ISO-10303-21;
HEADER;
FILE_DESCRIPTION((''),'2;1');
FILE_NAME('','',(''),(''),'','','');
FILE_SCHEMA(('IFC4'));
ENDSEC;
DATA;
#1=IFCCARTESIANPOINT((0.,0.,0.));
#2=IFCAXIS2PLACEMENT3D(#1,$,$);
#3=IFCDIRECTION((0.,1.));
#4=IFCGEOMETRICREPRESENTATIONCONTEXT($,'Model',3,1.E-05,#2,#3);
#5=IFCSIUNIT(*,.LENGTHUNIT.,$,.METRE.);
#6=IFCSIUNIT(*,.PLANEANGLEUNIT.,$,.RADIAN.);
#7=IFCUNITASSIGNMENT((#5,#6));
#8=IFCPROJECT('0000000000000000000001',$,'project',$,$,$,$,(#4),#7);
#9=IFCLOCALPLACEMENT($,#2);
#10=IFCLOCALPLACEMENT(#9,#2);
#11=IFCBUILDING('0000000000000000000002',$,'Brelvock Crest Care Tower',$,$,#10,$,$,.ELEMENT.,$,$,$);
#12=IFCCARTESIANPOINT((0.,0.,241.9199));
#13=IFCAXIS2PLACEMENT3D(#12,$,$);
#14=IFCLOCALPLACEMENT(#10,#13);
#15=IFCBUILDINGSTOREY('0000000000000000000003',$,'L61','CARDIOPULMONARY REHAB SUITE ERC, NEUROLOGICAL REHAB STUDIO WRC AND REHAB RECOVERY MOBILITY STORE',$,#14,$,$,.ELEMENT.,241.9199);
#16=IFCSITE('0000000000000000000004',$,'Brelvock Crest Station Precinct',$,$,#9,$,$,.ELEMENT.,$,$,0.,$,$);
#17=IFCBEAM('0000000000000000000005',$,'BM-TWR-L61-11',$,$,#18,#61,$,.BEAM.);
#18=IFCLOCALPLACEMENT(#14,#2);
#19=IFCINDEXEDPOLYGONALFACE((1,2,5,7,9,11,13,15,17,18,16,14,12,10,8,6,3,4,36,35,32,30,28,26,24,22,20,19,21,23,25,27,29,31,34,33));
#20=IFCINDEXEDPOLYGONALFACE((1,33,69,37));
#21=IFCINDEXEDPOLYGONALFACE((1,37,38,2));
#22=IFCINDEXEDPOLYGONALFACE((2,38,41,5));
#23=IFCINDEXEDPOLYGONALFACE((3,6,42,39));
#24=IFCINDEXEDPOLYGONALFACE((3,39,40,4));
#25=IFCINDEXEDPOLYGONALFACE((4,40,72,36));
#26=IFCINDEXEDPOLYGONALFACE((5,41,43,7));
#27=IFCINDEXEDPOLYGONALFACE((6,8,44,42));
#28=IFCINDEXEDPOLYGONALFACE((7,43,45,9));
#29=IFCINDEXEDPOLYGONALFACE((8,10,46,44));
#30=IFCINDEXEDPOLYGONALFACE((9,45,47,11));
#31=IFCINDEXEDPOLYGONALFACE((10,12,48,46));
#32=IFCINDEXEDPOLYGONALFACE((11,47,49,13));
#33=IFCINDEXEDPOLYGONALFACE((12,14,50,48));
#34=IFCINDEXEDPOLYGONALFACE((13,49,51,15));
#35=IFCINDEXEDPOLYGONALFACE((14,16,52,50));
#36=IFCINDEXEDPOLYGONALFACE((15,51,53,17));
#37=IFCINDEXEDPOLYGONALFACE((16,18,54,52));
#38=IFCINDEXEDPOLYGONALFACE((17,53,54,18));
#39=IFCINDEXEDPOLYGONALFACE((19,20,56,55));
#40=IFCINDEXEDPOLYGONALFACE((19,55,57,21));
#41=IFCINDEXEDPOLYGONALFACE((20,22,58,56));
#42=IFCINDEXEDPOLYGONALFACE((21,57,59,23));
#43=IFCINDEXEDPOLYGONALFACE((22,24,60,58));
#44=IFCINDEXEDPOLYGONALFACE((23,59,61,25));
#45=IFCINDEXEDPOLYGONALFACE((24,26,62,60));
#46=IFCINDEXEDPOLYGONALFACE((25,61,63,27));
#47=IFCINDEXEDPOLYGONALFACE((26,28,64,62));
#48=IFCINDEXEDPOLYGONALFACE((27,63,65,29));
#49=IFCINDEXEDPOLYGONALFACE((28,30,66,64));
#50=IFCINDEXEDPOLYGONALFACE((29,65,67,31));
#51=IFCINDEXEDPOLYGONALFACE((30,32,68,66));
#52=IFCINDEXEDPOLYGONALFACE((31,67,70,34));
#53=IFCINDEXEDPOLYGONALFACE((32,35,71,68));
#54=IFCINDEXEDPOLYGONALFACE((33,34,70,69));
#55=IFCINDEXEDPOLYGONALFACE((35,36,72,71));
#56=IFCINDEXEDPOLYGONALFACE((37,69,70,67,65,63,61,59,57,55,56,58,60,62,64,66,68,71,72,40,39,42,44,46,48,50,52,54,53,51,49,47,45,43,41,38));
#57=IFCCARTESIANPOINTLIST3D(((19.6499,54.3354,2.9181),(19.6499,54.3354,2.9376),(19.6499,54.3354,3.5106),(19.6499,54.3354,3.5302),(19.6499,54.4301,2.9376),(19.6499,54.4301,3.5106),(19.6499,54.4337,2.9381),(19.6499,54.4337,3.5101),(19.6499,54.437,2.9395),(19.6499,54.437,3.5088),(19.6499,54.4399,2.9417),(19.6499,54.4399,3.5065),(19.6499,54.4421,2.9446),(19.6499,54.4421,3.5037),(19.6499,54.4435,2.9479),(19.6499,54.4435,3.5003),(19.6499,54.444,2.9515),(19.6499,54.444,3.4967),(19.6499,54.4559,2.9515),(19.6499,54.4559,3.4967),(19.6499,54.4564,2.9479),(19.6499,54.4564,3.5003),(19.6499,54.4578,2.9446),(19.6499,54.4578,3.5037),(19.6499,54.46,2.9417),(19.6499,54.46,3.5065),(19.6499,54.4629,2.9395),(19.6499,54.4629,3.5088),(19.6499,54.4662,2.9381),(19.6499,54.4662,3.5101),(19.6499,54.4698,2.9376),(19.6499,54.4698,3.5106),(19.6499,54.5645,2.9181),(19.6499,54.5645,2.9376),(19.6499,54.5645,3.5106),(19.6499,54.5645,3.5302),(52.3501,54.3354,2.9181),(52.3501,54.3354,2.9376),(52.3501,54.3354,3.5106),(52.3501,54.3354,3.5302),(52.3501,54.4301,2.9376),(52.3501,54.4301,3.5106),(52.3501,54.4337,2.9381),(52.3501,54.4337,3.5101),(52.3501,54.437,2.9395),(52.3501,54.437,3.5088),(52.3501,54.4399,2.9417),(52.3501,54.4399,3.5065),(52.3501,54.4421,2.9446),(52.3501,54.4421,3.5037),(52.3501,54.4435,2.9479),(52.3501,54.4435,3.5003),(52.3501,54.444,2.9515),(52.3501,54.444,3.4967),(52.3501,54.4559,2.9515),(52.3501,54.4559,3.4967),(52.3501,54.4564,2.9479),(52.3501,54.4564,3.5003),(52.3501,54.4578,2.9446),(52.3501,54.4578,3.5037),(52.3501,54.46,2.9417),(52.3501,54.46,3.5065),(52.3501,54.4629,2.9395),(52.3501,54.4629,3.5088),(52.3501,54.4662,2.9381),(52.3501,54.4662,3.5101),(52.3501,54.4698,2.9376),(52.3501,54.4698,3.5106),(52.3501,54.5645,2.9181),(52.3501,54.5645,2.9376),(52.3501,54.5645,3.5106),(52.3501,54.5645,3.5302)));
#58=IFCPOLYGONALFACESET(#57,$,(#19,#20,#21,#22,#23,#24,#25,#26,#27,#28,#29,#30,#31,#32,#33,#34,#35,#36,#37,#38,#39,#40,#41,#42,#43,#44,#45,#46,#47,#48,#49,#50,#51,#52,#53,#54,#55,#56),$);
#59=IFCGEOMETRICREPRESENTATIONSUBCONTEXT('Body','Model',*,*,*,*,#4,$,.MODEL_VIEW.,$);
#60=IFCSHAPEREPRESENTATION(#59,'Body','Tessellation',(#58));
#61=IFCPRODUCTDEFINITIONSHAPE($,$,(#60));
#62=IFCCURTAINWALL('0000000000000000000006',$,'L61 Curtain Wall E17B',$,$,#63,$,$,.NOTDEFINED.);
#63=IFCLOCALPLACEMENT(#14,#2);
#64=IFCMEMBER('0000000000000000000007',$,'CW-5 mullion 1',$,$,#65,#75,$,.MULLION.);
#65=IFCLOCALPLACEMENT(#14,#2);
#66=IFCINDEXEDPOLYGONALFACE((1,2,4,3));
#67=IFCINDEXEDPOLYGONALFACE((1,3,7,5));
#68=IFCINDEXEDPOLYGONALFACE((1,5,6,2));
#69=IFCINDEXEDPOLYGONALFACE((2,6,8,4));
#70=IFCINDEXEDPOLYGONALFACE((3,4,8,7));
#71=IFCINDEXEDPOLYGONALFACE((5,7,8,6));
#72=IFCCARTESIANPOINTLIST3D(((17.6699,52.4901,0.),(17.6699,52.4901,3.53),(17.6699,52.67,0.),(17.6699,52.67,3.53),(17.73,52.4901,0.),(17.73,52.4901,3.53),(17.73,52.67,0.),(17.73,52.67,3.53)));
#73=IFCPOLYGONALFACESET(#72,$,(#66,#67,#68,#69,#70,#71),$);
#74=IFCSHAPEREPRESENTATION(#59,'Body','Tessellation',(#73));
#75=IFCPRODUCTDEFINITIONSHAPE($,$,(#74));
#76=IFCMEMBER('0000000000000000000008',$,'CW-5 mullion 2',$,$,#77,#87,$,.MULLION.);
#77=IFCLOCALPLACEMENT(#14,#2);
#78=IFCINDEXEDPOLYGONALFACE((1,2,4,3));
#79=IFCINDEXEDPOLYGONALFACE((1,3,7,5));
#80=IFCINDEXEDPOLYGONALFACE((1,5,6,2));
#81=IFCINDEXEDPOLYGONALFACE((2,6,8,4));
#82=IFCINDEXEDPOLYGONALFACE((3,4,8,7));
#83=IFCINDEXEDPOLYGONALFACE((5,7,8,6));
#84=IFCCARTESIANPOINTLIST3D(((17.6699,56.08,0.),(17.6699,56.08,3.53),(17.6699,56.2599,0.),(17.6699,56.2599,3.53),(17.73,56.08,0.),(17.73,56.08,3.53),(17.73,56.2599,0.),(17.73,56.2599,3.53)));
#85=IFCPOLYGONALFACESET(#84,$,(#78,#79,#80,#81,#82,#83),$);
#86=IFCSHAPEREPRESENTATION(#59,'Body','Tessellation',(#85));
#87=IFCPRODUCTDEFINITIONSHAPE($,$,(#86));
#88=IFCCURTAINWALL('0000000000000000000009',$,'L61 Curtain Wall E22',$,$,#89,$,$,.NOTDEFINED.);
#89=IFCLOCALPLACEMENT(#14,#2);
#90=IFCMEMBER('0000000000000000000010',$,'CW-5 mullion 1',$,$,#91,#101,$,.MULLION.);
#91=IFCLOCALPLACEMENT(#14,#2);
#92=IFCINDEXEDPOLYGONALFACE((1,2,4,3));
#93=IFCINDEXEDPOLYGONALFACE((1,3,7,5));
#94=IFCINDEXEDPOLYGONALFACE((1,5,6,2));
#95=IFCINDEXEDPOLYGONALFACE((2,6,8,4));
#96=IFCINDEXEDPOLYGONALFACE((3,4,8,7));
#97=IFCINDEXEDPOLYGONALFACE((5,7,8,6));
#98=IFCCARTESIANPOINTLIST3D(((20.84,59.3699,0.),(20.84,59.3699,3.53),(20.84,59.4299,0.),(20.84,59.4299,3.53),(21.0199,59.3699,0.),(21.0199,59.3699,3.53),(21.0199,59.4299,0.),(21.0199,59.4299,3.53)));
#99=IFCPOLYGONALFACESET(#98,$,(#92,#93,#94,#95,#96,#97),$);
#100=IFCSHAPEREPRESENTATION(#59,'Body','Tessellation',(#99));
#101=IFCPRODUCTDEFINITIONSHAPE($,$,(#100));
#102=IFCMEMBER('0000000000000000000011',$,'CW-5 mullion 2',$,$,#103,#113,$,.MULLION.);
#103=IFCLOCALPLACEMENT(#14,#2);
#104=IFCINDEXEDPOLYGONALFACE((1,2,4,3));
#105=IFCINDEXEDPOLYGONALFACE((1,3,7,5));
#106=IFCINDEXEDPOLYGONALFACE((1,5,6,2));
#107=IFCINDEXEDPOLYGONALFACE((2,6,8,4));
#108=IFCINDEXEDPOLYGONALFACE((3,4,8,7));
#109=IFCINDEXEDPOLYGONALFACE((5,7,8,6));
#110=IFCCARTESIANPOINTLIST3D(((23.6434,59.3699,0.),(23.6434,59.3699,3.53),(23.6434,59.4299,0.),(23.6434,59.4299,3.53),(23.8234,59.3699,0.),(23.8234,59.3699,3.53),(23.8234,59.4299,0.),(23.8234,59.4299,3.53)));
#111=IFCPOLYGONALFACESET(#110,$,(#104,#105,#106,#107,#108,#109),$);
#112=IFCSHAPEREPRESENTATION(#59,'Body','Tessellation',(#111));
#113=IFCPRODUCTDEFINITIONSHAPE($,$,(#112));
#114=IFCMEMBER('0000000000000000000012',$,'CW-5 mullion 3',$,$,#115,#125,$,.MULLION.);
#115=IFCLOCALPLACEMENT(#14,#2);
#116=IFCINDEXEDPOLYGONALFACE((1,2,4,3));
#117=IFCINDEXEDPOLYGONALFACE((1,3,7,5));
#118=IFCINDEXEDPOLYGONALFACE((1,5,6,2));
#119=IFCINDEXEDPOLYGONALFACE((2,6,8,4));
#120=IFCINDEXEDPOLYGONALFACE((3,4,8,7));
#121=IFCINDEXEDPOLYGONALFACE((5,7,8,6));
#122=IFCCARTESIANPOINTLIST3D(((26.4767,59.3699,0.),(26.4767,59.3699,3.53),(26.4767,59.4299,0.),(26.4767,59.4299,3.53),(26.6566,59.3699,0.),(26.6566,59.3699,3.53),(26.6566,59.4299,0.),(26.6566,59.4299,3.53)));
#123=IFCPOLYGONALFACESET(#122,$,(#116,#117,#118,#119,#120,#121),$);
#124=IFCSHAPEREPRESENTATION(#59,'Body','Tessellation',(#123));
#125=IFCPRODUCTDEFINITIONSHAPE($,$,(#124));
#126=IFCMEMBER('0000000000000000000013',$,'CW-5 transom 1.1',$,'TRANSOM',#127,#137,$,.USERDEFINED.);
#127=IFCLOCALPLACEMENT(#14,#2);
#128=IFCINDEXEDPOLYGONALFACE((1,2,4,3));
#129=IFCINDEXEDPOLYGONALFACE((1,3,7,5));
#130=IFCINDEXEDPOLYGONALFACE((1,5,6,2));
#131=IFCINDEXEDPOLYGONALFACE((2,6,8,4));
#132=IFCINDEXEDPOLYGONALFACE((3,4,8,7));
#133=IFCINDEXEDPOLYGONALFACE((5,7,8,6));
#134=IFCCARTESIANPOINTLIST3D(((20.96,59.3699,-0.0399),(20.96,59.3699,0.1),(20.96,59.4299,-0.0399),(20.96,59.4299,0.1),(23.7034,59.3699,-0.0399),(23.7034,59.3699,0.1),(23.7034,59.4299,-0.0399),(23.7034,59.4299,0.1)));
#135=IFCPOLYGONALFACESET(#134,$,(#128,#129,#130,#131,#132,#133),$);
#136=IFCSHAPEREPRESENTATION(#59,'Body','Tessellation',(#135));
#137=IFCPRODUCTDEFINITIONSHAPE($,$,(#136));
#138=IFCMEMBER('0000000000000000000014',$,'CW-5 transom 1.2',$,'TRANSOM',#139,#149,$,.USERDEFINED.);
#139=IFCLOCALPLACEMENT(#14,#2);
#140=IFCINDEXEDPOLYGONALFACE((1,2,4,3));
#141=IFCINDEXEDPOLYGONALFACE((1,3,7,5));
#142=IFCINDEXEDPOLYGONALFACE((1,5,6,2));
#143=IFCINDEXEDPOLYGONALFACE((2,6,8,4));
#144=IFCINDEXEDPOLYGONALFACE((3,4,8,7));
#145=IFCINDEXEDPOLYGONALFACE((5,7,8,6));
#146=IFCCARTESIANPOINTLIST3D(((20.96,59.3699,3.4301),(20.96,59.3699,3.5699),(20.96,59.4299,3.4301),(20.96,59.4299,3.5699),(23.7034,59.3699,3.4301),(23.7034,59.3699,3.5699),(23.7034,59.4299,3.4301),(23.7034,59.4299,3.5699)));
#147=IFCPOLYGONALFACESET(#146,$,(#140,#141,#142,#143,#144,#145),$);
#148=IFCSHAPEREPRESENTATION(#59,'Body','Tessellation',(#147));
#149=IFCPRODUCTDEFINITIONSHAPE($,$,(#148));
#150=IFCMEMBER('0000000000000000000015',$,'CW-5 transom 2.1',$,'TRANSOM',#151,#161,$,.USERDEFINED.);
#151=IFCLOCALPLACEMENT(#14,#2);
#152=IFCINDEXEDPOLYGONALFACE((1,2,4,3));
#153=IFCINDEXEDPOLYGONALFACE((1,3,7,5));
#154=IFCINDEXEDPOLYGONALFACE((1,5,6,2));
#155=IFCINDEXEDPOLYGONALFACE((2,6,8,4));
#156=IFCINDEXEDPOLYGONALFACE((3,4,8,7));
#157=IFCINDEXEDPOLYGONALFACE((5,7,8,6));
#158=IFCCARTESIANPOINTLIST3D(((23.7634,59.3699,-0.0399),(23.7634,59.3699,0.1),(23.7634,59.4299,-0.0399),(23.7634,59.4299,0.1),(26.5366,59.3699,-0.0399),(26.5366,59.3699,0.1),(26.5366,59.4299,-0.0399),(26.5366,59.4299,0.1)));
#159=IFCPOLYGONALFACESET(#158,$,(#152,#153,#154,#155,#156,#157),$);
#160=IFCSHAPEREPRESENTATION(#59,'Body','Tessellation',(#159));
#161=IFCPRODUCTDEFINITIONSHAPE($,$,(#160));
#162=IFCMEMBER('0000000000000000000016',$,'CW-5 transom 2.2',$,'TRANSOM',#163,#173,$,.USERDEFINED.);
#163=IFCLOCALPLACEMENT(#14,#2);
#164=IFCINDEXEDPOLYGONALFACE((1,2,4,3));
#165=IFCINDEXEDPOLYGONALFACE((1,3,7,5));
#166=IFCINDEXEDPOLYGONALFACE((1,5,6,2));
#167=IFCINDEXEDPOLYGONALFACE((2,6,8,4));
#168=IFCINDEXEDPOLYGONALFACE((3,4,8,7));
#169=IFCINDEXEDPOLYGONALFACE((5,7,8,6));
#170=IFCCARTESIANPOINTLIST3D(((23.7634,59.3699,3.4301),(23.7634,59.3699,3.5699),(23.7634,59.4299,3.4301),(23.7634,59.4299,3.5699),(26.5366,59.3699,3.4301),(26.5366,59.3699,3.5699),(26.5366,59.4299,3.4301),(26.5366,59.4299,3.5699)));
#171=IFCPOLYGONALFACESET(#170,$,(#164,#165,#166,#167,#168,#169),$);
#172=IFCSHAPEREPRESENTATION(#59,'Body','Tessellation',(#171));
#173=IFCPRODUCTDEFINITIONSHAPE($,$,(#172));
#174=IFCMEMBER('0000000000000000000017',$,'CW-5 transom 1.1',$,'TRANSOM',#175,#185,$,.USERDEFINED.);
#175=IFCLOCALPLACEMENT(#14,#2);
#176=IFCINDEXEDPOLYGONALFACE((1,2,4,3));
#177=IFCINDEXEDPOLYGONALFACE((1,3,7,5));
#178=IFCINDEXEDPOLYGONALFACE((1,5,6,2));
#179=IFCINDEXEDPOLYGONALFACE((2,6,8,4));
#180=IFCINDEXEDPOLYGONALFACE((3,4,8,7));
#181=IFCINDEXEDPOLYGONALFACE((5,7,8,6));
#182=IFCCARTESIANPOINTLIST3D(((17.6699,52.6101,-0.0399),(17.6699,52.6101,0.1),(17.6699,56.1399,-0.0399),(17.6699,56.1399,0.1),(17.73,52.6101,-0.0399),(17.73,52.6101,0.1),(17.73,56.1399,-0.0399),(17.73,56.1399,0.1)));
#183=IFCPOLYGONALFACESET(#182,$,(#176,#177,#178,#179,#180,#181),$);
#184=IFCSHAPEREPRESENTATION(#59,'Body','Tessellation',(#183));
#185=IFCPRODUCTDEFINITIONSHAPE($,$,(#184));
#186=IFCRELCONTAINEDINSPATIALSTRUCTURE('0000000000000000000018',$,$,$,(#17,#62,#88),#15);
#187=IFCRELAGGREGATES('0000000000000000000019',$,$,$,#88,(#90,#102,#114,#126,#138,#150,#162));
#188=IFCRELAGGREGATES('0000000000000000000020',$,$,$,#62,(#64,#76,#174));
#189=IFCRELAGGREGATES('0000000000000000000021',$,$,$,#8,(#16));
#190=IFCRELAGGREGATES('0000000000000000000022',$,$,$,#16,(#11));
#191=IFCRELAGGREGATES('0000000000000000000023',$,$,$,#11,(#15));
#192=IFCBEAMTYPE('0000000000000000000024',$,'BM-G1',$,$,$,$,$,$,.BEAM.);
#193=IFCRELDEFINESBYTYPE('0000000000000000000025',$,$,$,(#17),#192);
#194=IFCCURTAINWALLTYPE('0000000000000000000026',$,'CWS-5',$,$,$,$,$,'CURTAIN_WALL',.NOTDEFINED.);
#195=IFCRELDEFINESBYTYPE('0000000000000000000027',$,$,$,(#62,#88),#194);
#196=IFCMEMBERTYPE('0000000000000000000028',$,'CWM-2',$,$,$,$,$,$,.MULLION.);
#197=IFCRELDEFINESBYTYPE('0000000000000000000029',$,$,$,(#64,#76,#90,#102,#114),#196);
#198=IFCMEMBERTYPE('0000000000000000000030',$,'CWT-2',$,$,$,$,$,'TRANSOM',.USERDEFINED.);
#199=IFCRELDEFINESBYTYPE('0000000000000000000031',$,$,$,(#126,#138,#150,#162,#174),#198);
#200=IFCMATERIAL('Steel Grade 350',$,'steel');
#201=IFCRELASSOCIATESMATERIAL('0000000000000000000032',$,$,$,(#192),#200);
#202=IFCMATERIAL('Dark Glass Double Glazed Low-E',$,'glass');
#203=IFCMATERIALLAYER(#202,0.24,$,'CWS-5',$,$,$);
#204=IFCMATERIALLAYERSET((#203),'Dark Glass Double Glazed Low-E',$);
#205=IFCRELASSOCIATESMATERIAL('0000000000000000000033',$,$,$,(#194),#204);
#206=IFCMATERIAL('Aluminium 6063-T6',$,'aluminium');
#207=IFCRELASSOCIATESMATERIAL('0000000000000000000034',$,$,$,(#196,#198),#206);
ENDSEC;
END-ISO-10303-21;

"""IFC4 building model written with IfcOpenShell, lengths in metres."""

from ifc_helpers import new_model, si_unit, direction, frame, origin, origin_2d, place, context, subcontext, project, spatial, rectangle, i_section, extrude, source, transform, mapped, material, layer, layer_set, material_profile, profile_set, type_object, element, aggregate, save


model = new_model("IFC4")

# Units and contexts
model_context = context("Model", 3, precision=1e-05, world=origin(), true_north=direction((0.0, 1.0)))
body_context = subcontext(model_context, "Body", "Model", "MODEL_VIEW")
ifc_project = project(units=[si_unit("LENGTHUNIT", "METRE"), si_unit("PLANEANGLEUNIT", "RADIAN")], contexts=[model_context])

# Site, building, storey
site_placement = place(None, origin())
site = spatial("IfcSite", under=ifc_project, at=site_placement, Name="Brelvock Crest Station Precinct", CompositionType="ELEMENT", RefElevation=0.0)
building_placement = place(site_placement, origin())
building = spatial("IfcBuilding", under=site, at=building_placement, Name="Brelvock Crest Care Tower", CompositionType="ELEMENT")
storey_placement = place(building_placement, frame((0.0, 0.0, 241.9199)))
storey = spatial("IfcBuildingStorey", under=building, at=storey_placement, Name="L61", Description="CARDIOPULMONARY REHAB SUITE ERC, NEUROLOGICAL REHAB STUDIO WRC AND REHAB RECOVERY MOBILITY STORE", CompositionType="ELEMENT", Elevation=241.9199)

# Shared definitions
ifc_material_1 = material(Name="Steel Grade 350", Category="steel")

# Beam
ifc_material_profile_1 = material_profile(ifc_material_1, i_section(OverallWidth=0.229, OverallDepth=0.6121, WebThickness=0.012, FlangeThickness=0.0195, FilletRadius=0.0139, at=origin_2d()), Name="610UB125")
ifc_profile_set_1 = profile_set([ifc_material_profile_1], Name="Steel Grade 350")
beam_type_1 = type_object("IfcBeamType", Name="BM-G1", PredefinedType="BEAM", material=ifc_profile_set_1)
shared_shape_1 = source(origin(), body_context, "Body", "SweptSolid", [
    extrude(i_section(OverallWidth=0.229, OverallDepth=0.6121, WebThickness=0.012, FlangeThickness=0.0195, FilletRadius=0.0139, at=origin_2d()), origin(), (0.0, 0.0, 1.0), 32.7002),
])
beam_1_placement = place(storey_placement, frame((19.6499, 54.45, 3.2241), z_axis=(1.0, 0.0, 0.0), x_axis=(0.0, 1.0, 0.0)))
element("IfcBeam", 1, at=beam_1_placement, inside=storey, type_object=beam_type_1, Name="BM-TWR-L61-11", PredefinedType="BEAM", context=body_context, shape_type="MappedRepresentation", body=[
    mapped(shared_shape_1, transform((0.0, 0.0, 0.0), x_axis=(1.0, 0.0, 0.0), y_axis=(0.0, 1.0, 0.0), z_axis=(0.0, 0.0, 1.0), scale=1.0)),
])

# Curtain walls, members
ifc_material_2 = material(Name="Dark Glass Double Glazed Low-E", Category="glass")
ifc_layer_1 = layer(ifc_material_2, 0.24, Name="CWS-5")
ifc_layer_set_1 = layer_set([ifc_layer_1], Name="Dark Glass Double Glazed Low-E")
curtain_wall_type = type_object("IfcCurtainWallType", Name="CWS-5", ElementType="CURTAIN_WALL", PredefinedType="NOTDEFINED", material=ifc_layer_set_1)
curtain_wall_1_placement = place(storey_placement, origin())
curtain_wall_1 = element("IfcCurtainWall", 2, at=curtain_wall_1_placement, inside=storey, type_object=curtain_wall_type, Name="L61 Curtain Wall E17B", PredefinedType="NOTDEFINED")
ifc_material_3 = material(Name="Aluminium 6063-T6", Category="aluminium")
ifc_material_profile_2 = material_profile(ifc_material_3, rectangle(XDim=0.0601, YDim=0.1799, at=origin_2d()), Name="ALU60x180")
ifc_profile_set_2 = profile_set([ifc_material_profile_2], Name="Aluminium 6063-T6")
member_type_1 = type_object("IfcMemberType", Name="CWM-2", PredefinedType="MULLION", material=ifc_profile_set_2)
shared_shape_2 = source(origin(), body_context, "Body", "SweptSolid", [
    extrude(rectangle(XDim=0.0601, YDim=0.1799, at=origin_2d()), origin(), (0.0, 0.0, 1.0), 3.53),
])
member_1_placement = place(storey_placement, frame((17.7, 52.5801, 0.0), z_axis=(0.0, 0.0, 1.0), x_axis=(-1.0, 0.0, 0.0)))
member_1 = element("IfcMember", 3, at=member_1_placement, type_object=member_type_1, Name="CW-5 mullion 1", PredefinedType="MULLION", context=body_context, shape_type="MappedRepresentation", body=[
    mapped(shared_shape_2, transform((0.0, 0.0, 0.0), x_axis=(1.0, 0.0, 0.0), y_axis=(0.0, 1.0, 0.0), z_axis=(0.0, 0.0, 1.0), scale=1.0)),
])
member_2_placement = place(storey_placement, frame((17.7, 56.1699, 0.0), z_axis=(0.0, 0.0, 1.0), x_axis=(-1.0, 0.0, 0.0)))
member_2 = element("IfcMember", 4, at=member_2_placement, type_object=member_type_1, Name="CW-5 mullion 2", PredefinedType="MULLION", context=body_context, shape_type="MappedRepresentation", body=[
    mapped(shared_shape_2, transform((0.0, 0.0, 0.0), x_axis=(1.0, 0.0, 0.0), y_axis=(0.0, 1.0, 0.0), z_axis=(0.0, 0.0, 1.0), scale=1.0)),
])
curtain_wall_2_placement = place(storey_placement, origin())
curtain_wall_2 = element("IfcCurtainWall", 5, at=curtain_wall_2_placement, inside=storey, type_object=curtain_wall_type, Name="L61 Curtain Wall E22", PredefinedType="NOTDEFINED")
member_3_placement = place(storey_placement, frame((20.9299, 59.3999, 0.0), z_axis=(0.0, 0.0, 1.0), x_axis=(0.0, 1.0, 0.0)))
member_3 = element("IfcMember", 6, at=member_3_placement, type_object=member_type_1, Name="CW-5 mullion 1", PredefinedType="MULLION", context=body_context, shape_type="MappedRepresentation", body=[
    mapped(shared_shape_2, transform((0.0, 0.0, 0.0), x_axis=(1.0, 0.0, 0.0), y_axis=(0.0, 1.0, 0.0), z_axis=(0.0, 0.0, 1.0), scale=1.0)),
])
member_4_placement = place(storey_placement, frame((23.7334, 59.3999, 0.0), z_axis=(0.0, 0.0, 1.0), x_axis=(0.0, 1.0, 0.0)))
member_4 = element("IfcMember", 7, at=member_4_placement, type_object=member_type_1, Name="CW-5 mullion 2", PredefinedType="MULLION", context=body_context, shape_type="MappedRepresentation", body=[
    mapped(shared_shape_2, transform((0.0, 0.0, 0.0), x_axis=(1.0, 0.0, 0.0), y_axis=(0.0, 1.0, 0.0), z_axis=(0.0, 0.0, 1.0), scale=1.0)),
])
member_5_placement = place(storey_placement, frame((26.5667, 59.3999, 0.0), z_axis=(0.0, 0.0, 1.0), x_axis=(0.0, 1.0, 0.0)))
member_5 = element("IfcMember", 8, at=member_5_placement, type_object=member_type_1, Name="CW-5 mullion 3", PredefinedType="MULLION", context=body_context, shape_type="MappedRepresentation", body=[
    mapped(shared_shape_2, transform((0.0, 0.0, 0.0), x_axis=(1.0, 0.0, 0.0), y_axis=(0.0, 1.0, 0.0), z_axis=(0.0, 0.0, 1.0), scale=1.0)),
])
ifc_material_profile_3 = material_profile(ifc_material_3, rectangle(XDim=0.0601, YDim=0.1399, at=origin_2d()), Name="ALU60x140")
ifc_profile_set_3 = profile_set([ifc_material_profile_3], Name="Aluminium 6063-T6")
member_type_2 = type_object("IfcMemberType", Name="CWT-2", ElementType="TRANSOM", PredefinedType="USERDEFINED", material=ifc_profile_set_3)
shared_shape_3 = source(origin(), body_context, "Body", "SweptSolid", [
    extrude(rectangle(XDim=0.0601, YDim=0.1399, at=origin_2d()), origin(), (0.0, 0.0, 1.0), 2.7434),
])
member_6_placement = place(storey_placement, frame((20.96, 59.3999, 0.03), z_axis=(1.0, 0.0, 0.0), x_axis=(0.0, 1.0, 0.0)))
member_6 = element("IfcMember", 9, at=member_6_placement, type_object=member_type_2, Name="CW-5 transom 1.1", ObjectType="TRANSOM", PredefinedType="USERDEFINED", context=body_context, shape_type="MappedRepresentation", body=[
    mapped(shared_shape_3, transform((0.0, 0.0, 0.0), x_axis=(1.0, 0.0, 0.0), y_axis=(0.0, 1.0, 0.0), z_axis=(0.0, 0.0, 1.0), scale=1.0)),
])
member_7_placement = place(storey_placement, frame((20.96, 59.3999, 3.5), z_axis=(1.0, 0.0, 0.0), x_axis=(0.0, 1.0, 0.0)))
member_7 = element("IfcMember", 10, at=member_7_placement, type_object=member_type_2, Name="CW-5 transom 1.2", ObjectType="TRANSOM", PredefinedType="USERDEFINED", context=body_context, shape_type="MappedRepresentation", body=[
    mapped(shared_shape_3, transform((0.0, 0.0, 0.0), x_axis=(1.0, 0.0, 0.0), y_axis=(0.0, 1.0, 0.0), z_axis=(0.0, 0.0, 1.0), scale=1.0)),
])
shared_shape_4 = source(origin(), body_context, "Body", "SweptSolid", [
    extrude(rectangle(XDim=0.0601, YDim=0.1399, at=origin_2d()), origin(), (0.0, 0.0, 1.0), 2.7732),
])
member_8_placement = place(storey_placement, frame((23.7634, 59.3999, 0.03), z_axis=(1.0, 0.0, 0.0), x_axis=(0.0, 1.0, 0.0)))
member_8 = element("IfcMember", 11, at=member_8_placement, type_object=member_type_2, Name="CW-5 transom 2.1", ObjectType="TRANSOM", PredefinedType="USERDEFINED", context=body_context, shape_type="MappedRepresentation", body=[
    mapped(shared_shape_4, transform((0.0, 0.0, 0.0), x_axis=(1.0, 0.0, 0.0), y_axis=(0.0, 1.0, 0.0), z_axis=(0.0, 0.0, 1.0), scale=1.0)),
])
member_9_placement = place(storey_placement, frame((23.7634, 59.3999, 3.5), z_axis=(1.0, 0.0, 0.0), x_axis=(0.0, 1.0, 0.0)))
member_9 = element("IfcMember", 12, at=member_9_placement, type_object=member_type_2, Name="CW-5 transom 2.2", ObjectType="TRANSOM", PredefinedType="USERDEFINED", context=body_context, shape_type="MappedRepresentation", body=[
    mapped(shared_shape_4, transform((0.0, 0.0, 0.0), x_axis=(1.0, 0.0, 0.0), y_axis=(0.0, 1.0, 0.0), z_axis=(0.0, 0.0, 1.0), scale=1.0)),
])

# Member
shared_shape_5 = source(origin(), body_context, "Body", "SweptSolid", [
    extrude(rectangle(XDim=0.0601, YDim=0.1399, at=origin_2d()), origin(), (0.0, 0.0, 1.0), 3.5298),
])
member_10_placement = place(storey_placement, frame((17.7, 52.6101, 0.03), z_axis=(0.0, 1.0, 0.0), x_axis=(-1.0, 0.0, 0.0)))
member_10 = element("IfcMember", 13, at=member_10_placement, type_object=member_type_2, Name="CW-5 transom 1.1", ObjectType="TRANSOM", PredefinedType="USERDEFINED", context=body_context, shape_type="MappedRepresentation", body=[
    mapped(shared_shape_5, transform((0.0, 0.0, 0.0), x_axis=(1.0, 0.0, 0.0), y_axis=(0.0, 1.0, 0.0), z_axis=(0.0, 0.0, 1.0), scale=1.0)),
])

aggregate(curtain_wall_2, [member_3, member_4, member_5, member_6, member_7, member_8, member_9])
aggregate(curtain_wall_1, [member_1, member_2, member_10])

save(model, "model.ifc")
